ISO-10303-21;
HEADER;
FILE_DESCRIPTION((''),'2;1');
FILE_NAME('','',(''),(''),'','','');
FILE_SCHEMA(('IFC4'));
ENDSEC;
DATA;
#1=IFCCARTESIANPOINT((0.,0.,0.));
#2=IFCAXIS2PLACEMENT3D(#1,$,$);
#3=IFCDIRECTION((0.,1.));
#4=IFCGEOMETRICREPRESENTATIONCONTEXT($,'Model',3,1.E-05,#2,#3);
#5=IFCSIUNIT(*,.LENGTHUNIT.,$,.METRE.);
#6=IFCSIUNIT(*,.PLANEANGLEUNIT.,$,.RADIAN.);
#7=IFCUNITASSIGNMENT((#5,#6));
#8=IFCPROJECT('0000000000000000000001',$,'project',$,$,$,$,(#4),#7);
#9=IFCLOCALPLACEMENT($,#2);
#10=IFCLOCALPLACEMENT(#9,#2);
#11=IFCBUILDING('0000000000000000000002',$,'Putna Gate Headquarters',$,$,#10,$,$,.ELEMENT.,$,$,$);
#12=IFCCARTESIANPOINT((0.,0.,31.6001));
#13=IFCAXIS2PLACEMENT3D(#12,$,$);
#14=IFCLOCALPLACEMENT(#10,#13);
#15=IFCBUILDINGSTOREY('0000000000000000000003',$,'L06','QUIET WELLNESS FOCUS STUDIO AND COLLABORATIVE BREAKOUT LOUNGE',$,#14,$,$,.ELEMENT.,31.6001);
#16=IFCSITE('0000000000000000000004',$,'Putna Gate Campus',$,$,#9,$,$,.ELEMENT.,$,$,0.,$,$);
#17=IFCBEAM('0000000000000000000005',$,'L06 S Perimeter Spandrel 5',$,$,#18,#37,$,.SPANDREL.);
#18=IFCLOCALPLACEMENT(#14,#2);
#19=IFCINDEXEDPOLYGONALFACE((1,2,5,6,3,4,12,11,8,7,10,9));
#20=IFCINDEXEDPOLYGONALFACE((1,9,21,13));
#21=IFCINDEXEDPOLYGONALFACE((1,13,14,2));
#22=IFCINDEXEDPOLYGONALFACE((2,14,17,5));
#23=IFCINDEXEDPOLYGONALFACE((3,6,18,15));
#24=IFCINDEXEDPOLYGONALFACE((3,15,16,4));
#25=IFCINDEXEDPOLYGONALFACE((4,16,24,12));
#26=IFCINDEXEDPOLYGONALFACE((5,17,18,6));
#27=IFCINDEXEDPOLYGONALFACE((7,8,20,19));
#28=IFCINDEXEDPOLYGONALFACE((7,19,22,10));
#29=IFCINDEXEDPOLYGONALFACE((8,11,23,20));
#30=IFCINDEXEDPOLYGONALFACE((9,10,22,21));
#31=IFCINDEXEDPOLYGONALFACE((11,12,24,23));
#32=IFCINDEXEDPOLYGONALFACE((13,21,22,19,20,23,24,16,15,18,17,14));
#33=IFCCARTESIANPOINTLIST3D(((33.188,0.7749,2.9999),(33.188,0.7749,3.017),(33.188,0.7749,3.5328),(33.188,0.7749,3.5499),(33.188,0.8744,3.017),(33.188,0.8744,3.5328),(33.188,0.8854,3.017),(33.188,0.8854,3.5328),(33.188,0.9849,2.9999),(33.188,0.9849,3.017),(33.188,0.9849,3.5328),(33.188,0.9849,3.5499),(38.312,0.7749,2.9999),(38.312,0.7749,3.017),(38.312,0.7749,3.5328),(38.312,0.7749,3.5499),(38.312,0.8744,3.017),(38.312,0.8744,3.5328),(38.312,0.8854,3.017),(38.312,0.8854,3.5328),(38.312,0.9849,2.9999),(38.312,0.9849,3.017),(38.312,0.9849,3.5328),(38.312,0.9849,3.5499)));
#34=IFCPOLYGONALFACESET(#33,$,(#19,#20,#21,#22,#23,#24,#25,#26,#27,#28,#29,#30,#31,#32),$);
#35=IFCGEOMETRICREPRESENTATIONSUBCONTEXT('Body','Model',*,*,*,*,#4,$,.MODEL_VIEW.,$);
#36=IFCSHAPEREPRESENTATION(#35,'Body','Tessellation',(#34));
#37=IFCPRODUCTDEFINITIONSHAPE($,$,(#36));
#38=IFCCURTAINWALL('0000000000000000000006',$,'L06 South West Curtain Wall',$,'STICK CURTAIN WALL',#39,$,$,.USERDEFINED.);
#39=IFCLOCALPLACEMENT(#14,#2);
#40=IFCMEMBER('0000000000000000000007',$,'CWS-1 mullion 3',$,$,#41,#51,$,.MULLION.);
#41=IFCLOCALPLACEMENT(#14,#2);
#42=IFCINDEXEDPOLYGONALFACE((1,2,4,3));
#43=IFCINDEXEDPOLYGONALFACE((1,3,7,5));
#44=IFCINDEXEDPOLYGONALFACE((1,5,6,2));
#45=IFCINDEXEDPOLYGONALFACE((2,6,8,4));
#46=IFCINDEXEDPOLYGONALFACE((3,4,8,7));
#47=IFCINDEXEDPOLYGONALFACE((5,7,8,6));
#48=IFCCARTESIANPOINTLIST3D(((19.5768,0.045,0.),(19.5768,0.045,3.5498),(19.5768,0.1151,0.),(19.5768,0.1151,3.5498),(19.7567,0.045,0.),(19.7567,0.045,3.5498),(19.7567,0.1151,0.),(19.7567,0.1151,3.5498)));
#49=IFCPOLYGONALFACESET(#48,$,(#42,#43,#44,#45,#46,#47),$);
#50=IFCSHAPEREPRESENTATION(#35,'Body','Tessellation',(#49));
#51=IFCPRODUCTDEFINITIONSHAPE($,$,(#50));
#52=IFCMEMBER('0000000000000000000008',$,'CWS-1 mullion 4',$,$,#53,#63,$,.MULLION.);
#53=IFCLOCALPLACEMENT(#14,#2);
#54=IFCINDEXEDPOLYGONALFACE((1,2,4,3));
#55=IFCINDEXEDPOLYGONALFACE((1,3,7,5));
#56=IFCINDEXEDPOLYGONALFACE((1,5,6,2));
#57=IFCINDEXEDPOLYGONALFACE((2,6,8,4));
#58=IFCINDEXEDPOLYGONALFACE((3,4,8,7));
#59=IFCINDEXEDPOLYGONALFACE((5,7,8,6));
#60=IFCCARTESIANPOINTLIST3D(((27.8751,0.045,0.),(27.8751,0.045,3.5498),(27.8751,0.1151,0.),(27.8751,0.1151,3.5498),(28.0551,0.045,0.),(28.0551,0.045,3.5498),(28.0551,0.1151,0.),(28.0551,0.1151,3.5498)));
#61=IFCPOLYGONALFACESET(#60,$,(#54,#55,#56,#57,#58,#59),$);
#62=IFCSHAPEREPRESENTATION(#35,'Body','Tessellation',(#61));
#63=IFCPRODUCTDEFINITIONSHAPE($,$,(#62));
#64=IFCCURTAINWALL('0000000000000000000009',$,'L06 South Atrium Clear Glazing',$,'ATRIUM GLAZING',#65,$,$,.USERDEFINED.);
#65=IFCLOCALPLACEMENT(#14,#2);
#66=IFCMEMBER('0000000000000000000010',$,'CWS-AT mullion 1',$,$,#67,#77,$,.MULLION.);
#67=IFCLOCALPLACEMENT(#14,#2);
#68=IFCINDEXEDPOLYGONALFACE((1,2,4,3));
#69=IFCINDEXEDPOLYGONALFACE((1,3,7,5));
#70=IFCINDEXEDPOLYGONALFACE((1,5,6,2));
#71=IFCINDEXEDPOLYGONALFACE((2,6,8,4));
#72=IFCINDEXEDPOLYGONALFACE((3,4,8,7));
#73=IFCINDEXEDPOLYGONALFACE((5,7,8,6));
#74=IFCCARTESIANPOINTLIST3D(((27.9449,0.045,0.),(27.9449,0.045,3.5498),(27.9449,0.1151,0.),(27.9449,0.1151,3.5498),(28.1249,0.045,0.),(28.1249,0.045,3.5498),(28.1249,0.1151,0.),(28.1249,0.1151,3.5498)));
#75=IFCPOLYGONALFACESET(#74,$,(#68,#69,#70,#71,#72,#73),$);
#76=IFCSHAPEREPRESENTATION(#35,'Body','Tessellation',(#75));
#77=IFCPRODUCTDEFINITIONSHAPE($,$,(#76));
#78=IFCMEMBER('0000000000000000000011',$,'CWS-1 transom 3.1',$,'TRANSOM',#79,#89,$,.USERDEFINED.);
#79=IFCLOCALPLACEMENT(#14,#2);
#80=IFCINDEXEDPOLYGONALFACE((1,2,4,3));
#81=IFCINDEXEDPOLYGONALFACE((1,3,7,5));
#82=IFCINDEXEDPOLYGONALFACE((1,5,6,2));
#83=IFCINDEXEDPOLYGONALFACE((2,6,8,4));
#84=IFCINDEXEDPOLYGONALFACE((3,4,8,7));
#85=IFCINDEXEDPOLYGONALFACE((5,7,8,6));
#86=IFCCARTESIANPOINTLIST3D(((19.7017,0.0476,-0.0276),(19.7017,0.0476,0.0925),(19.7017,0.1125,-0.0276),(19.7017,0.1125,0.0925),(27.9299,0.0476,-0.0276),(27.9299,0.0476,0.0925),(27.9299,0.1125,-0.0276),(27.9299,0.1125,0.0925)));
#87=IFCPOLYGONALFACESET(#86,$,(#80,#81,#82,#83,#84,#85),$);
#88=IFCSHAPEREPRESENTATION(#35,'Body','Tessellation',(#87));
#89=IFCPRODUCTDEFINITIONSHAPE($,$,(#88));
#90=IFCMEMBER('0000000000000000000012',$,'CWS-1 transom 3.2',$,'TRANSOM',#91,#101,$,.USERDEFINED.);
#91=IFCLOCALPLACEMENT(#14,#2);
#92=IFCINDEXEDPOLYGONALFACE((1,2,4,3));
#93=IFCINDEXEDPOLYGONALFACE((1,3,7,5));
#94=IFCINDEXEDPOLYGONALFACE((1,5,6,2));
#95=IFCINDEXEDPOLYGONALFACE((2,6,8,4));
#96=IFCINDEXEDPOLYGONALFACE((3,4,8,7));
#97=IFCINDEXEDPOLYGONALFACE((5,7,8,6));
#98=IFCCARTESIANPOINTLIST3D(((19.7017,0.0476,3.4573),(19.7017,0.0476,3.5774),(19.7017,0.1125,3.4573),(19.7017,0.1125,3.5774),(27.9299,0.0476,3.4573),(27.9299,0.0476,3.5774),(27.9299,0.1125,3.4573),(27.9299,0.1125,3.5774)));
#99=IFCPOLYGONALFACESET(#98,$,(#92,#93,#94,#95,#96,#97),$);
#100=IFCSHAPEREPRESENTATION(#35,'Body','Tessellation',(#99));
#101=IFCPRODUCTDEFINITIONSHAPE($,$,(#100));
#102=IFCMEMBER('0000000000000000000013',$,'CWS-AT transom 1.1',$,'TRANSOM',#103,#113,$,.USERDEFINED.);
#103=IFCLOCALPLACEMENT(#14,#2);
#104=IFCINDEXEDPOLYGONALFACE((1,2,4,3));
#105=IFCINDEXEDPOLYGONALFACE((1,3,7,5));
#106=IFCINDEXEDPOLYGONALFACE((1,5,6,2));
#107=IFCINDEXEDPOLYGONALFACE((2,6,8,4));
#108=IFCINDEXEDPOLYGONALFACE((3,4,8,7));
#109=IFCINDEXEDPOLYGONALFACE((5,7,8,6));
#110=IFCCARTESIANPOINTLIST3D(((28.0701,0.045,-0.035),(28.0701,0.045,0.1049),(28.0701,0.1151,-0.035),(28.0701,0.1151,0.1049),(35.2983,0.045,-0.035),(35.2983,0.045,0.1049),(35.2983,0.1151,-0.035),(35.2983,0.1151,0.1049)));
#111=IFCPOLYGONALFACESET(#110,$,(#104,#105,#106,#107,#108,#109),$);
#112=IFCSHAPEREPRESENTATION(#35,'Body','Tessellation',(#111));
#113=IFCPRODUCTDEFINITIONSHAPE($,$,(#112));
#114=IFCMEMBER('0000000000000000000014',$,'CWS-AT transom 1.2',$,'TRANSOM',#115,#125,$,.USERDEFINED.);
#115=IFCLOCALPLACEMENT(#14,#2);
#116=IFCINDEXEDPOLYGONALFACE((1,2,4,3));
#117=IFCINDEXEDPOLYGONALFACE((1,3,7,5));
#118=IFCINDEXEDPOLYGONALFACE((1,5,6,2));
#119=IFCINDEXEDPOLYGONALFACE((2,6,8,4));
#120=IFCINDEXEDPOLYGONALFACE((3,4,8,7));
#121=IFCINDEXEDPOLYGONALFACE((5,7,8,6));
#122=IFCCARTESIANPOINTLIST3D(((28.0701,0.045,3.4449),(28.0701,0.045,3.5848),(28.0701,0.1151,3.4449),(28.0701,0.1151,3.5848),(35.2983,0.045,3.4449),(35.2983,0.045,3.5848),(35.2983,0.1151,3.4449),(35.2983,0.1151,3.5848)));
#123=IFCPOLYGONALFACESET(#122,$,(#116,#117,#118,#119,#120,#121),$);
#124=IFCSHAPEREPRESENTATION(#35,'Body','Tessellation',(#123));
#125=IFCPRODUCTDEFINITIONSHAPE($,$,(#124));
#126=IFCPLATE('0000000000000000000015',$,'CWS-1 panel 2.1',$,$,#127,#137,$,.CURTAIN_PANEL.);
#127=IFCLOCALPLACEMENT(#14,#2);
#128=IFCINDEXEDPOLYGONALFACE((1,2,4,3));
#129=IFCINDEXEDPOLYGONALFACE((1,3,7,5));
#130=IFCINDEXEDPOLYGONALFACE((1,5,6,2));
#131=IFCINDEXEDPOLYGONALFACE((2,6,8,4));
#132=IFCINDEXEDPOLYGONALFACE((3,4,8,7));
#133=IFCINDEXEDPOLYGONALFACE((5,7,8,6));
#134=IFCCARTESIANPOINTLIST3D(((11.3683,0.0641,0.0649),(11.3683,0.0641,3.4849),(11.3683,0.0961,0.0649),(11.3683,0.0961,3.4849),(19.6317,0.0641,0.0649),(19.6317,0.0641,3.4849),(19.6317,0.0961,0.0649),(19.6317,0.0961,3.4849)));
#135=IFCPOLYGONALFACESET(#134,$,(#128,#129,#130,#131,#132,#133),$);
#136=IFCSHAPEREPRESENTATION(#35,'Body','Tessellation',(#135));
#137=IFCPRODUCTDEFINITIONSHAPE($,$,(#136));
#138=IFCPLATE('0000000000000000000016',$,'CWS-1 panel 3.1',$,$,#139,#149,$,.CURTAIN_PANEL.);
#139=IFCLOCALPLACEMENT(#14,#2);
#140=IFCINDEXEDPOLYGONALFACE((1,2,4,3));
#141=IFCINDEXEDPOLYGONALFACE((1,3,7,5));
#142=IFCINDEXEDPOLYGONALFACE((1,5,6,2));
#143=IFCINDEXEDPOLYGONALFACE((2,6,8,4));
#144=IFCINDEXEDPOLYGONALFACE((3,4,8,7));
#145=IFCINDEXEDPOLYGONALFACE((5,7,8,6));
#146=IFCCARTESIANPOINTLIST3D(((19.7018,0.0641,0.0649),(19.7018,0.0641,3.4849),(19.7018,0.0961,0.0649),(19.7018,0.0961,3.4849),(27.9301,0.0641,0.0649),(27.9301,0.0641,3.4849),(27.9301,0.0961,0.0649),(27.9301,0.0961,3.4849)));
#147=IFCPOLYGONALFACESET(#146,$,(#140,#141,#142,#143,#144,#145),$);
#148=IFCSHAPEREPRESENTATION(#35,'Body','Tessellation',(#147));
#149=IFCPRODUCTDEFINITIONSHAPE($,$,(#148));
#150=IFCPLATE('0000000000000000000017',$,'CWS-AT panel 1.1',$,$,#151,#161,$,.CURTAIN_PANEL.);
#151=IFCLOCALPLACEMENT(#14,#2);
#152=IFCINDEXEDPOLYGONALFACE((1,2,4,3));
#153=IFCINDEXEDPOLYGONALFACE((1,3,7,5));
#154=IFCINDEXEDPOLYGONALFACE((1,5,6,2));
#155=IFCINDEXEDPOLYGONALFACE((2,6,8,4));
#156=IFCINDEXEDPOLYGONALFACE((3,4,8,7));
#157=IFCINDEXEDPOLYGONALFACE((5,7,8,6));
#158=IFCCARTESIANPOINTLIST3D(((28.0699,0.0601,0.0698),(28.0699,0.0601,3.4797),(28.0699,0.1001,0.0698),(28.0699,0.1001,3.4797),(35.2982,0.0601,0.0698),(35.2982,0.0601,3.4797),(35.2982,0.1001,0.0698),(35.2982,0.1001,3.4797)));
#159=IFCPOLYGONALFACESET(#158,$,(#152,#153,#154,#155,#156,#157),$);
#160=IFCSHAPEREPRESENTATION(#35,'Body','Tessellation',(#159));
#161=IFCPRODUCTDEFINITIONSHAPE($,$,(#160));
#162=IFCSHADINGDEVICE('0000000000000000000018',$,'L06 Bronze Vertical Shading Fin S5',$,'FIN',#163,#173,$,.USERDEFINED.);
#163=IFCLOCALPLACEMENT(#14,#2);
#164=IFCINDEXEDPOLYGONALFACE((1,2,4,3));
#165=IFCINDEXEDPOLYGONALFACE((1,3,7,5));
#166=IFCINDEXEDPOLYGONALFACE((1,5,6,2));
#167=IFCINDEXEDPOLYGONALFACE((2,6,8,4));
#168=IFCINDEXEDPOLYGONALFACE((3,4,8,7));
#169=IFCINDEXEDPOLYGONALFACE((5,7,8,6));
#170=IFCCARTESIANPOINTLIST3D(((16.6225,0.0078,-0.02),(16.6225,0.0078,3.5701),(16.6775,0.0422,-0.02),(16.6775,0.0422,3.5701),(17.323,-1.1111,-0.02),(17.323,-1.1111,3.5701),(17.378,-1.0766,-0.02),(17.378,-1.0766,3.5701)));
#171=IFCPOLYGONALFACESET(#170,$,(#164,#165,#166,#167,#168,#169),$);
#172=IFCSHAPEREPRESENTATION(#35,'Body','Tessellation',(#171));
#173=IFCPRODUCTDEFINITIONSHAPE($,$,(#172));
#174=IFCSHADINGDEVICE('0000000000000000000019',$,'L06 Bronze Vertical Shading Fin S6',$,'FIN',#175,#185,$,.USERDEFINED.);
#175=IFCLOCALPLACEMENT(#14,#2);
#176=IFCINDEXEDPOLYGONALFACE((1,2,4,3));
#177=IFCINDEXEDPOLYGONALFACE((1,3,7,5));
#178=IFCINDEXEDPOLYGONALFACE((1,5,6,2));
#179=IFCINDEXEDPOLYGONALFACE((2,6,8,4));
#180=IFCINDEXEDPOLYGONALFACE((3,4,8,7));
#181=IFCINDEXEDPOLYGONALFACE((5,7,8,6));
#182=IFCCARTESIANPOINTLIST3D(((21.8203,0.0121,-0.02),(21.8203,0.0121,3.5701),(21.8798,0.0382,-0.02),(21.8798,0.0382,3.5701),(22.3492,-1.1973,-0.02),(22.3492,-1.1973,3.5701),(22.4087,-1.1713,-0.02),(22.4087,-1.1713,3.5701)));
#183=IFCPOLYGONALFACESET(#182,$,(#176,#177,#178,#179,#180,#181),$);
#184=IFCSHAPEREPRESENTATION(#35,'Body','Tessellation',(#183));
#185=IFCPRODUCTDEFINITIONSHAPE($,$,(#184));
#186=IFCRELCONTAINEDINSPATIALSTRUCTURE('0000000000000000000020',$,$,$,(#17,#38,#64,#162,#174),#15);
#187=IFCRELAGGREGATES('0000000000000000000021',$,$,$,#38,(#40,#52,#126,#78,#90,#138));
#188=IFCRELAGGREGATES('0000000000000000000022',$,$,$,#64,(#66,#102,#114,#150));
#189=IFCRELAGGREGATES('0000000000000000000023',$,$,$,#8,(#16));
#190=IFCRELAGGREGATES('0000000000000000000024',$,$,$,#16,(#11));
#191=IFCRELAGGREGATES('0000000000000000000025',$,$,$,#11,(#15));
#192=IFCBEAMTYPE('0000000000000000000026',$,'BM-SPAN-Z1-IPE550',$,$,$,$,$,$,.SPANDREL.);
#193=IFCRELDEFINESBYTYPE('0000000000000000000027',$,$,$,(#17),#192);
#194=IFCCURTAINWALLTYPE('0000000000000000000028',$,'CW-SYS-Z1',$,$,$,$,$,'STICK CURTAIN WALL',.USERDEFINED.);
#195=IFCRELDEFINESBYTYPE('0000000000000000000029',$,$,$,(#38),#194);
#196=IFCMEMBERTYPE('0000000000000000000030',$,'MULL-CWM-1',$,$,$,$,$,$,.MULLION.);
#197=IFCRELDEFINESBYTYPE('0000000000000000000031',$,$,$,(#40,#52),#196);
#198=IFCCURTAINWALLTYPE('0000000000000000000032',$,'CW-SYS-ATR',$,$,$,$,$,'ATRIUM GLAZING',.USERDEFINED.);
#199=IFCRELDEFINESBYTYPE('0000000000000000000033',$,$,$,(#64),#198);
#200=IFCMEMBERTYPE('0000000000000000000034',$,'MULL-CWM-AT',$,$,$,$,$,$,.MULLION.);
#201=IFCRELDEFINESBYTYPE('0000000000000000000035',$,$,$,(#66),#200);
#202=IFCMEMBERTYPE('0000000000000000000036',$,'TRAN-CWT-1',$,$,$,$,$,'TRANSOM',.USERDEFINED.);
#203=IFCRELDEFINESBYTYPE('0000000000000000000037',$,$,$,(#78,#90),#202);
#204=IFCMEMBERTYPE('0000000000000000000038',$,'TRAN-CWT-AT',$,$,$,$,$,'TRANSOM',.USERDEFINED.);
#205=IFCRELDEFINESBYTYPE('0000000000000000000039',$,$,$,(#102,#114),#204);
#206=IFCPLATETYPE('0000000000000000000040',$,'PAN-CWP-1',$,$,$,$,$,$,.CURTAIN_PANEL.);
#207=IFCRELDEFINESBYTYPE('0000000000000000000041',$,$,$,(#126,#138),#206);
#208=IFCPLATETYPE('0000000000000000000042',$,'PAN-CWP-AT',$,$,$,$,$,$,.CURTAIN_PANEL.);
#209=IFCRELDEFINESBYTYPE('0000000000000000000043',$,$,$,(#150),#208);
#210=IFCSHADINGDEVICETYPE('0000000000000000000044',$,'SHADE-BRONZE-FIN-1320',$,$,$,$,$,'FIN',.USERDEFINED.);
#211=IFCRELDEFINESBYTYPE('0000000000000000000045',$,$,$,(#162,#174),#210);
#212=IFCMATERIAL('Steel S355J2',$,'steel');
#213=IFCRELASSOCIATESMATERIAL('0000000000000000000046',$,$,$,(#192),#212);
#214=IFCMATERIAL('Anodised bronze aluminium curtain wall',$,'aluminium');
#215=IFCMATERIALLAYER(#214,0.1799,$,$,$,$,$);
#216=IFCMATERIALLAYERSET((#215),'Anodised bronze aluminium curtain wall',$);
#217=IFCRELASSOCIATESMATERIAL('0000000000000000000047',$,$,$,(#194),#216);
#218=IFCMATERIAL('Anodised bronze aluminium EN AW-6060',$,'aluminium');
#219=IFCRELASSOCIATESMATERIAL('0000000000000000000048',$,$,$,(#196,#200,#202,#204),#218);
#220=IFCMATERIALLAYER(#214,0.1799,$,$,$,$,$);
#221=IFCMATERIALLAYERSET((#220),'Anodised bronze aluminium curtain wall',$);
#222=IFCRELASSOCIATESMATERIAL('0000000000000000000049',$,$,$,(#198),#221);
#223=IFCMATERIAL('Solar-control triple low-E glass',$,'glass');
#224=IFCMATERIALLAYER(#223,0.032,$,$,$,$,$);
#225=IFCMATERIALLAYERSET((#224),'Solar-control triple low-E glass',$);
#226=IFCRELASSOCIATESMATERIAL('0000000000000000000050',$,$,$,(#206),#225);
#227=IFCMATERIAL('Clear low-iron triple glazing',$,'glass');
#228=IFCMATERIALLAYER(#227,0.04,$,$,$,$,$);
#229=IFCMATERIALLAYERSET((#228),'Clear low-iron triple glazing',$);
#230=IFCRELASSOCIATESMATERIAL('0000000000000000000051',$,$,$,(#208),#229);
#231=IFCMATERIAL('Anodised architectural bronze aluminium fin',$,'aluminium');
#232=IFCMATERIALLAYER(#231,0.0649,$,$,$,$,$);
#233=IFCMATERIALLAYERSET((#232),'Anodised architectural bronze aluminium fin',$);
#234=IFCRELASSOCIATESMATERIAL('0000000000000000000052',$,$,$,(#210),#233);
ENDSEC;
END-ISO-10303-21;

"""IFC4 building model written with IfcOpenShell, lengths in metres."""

from ifc_helpers import new_model, si_unit, direction, frame, origin, origin_2d, place, context, subcontext, project, spatial, rectangle, i_section, extrude, material, layer, layer_set, material_profile, profile_set, type_object, element, aggregate, save


model = new_model("IFC4")

# Units and contexts
model_context = context("Model", 3, precision=1e-05, world=origin(), true_north=direction((0.0, 1.0)))
body_context = subcontext(model_context, "Body", "Model", "MODEL_VIEW")
ifc_project = project(units=[si_unit("LENGTHUNIT", "METRE"), si_unit("PLANEANGLEUNIT", "RADIAN")], contexts=[model_context])

# Site, building, storey
site_placement = place(None, origin())
site = spatial("IfcSite", under=ifc_project, at=site_placement, Name="Putna Gate Campus", CompositionType="ELEMENT", RefElevation=0.0)
building_placement = place(site_placement, origin())
building = spatial("IfcBuilding", under=site, at=building_placement, Name="Putna Gate Headquarters", CompositionType="ELEMENT")
storey_placement = place(building_placement, frame((0.0, 0.0, 31.6001)))
storey = spatial("IfcBuildingStorey", under=building, at=storey_placement, Name="L06", Description="QUIET WELLNESS FOCUS STUDIO AND COLLABORATIVE BREAKOUT LOUNGE", CompositionType="ELEMENT", Elevation=31.6001)

# Beam
ifc_material_1 = material(Name="Steel S355J2", Category="steel")
ifc_material_profile_1 = material_profile(ifc_material_1, i_section(OverallWidth=0.21, OverallDepth=0.55, WebThickness=0.011, FlangeThickness=0.0171, at=origin_2d()), Name="Steel S355J2")
ifc_profile_set_1 = profile_set([ifc_material_profile_1], Name="Steel S355J2")
beam_type_1 = type_object("IfcBeamType", Name="BM-SPAN-Z1-IPE550", PredefinedType="SPANDREL", material=ifc_profile_set_1)
for number, where, z_axis, x_axis, name in (
    (1, (33.188, 0.8799, 3.2749), (1.0, 0.0, 0.0), (0.0, 1.0, 0.0), "L06 S Perimeter Spandrel 5"),
):
    element("IfcBeam", number, at=place(storey_placement, frame(where, z_axis=z_axis, x_axis=x_axis)), inside=storey, type_object=beam_type_1, Name=name, PredefinedType="SPANDREL", context=body_context, shape_type="SweptSolid", body=[
        extrude(i_section(OverallWidth=0.21, OverallDepth=0.55, WebThickness=0.011, FlangeThickness=0.0171, at=origin_2d()), origin(), (0.0, 0.0, 1.0), 5.124),
    ])

# Curtain wall, members
ifc_material_2 = material(Name="Anodised bronze aluminium curtain wall", Category="aluminium")
ifc_layer_1 = layer(ifc_material_2, 0.1799)
ifc_layer_set_1 = layer_set([ifc_layer_1], Name="Anodised bronze aluminium curtain wall")
curtain_wall_type_1 = type_object("IfcCurtainWallType", Name="CW-SYS-Z1", ElementType="STICK CURTAIN WALL", PredefinedType="USERDEFINED", material=ifc_layer_set_1)
curtain_wall_1_placement = place(storey_placement, origin())
curtain_wall_1 = element("IfcCurtainWall", 2, at=curtain_wall_1_placement, inside=storey, type_object=curtain_wall_type_1, Name="L06 South West Curtain Wall", ObjectType="STICK CURTAIN WALL", PredefinedType="USERDEFINED")
ifc_material_3 = material(Name="Anodised bronze aluminium EN AW-6060", Category="aluminium")
ifc_material_profile_2 = material_profile(ifc_material_3, rectangle(XDim=0.0701, YDim=0.1799, at=origin_2d()), Name="Anodised bronze aluminium EN AW-6060")
ifc_profile_set_2 = profile_set([ifc_material_profile_2], Name="Anodised bronze aluminium EN AW-6060")
member_type_1 = type_object("IfcMemberType", Name="MULL-CWM-1", PredefinedType="MULLION", material=ifc_profile_set_2)
member_1_placement = place(storey_placement, frame((19.6667, 0.0801, 0.0), z_axis=(0.0, 0.0, 1.0), x_axis=(0.0, 1.0, 0.0)))
member_1 = element("IfcMember", 3, at=member_1_placement, type_object=member_type_1, Name="CWS-1 mullion 3", PredefinedType="MULLION", context=body_context, shape_type="SweptSolid", body=[
    extrude(rectangle(XDim=0.0701, YDim=0.1799, at=origin_2d()), origin(), (0.0, 0.0, 1.0), 3.5498),
])
member_2_placement = place(storey_placement, frame((27.9651, 0.0801, 0.0), z_axis=(0.0, 0.0, 1.0), x_axis=(0.0, 1.0, 0.0)))
member_2 = element("IfcMember", 4, at=member_2_placement, type_object=member_type_1, Name="CWS-1 mullion 4", PredefinedType="MULLION", context=body_context, shape_type="SweptSolid", body=[
    extrude(rectangle(XDim=0.0701, YDim=0.1799, at=origin_2d()), origin(), (0.0, 0.0, 1.0), 3.5498),
])

# Curtain wall, member
ifc_layer_2 = layer(ifc_material_2, 0.1799)
ifc_layer_set_2 = layer_set([ifc_layer_2], Name="Anodised bronze aluminium curtain wall")
curtain_wall_type_2 = type_object("IfcCurtainWallType", Name="CW-SYS-ATR", ElementType="ATRIUM GLAZING", PredefinedType="USERDEFINED", material=ifc_layer_set_2)
curtain_wall_2_placement = place(storey_placement, origin())
curtain_wall_2 = element("IfcCurtainWall", 5, at=curtain_wall_2_placement, inside=storey, type_object=curtain_wall_type_2, Name="L06 South Atrium Clear Glazing", ObjectType="ATRIUM GLAZING", PredefinedType="USERDEFINED")
ifc_material_profile_3 = material_profile(ifc_material_3, rectangle(XDim=0.0701, YDim=0.1799, at=origin_2d()), Name="Anodised bronze aluminium EN AW-6060")
ifc_profile_set_3 = profile_set([ifc_material_profile_3], Name="Anodised bronze aluminium EN AW-6060")
member_type_2 = type_object("IfcMemberType", Name="MULL-CWM-AT", PredefinedType="MULLION", material=ifc_profile_set_3)
member_3_placement = place(storey_placement, frame((28.0349, 0.0801, 0.0), z_axis=(0.0, 0.0, 1.0), x_axis=(0.0, 1.0, 0.0)))
member_3 = element("IfcMember", 6, at=member_3_placement, type_object=member_type_2, Name="CWS-AT mullion 1", PredefinedType="MULLION", context=body_context, shape_type="SweptSolid", body=[
    extrude(rectangle(XDim=0.0701, YDim=0.1799, at=origin_2d()), origin(), (0.0, 0.0, 1.0), 3.5498),
])

# Members
ifc_material_profile_4 = material_profile(ifc_material_3, rectangle(XDim=0.0649, YDim=0.1201, at=origin_2d()), Name="Anodised bronze aluminium EN AW-6060")
ifc_profile_set_4 = profile_set([ifc_material_profile_4], Name="Anodised bronze aluminium EN AW-6060")
member_type_3 = type_object("IfcMemberType", Name="TRAN-CWT-1", ElementType="TRANSOM", PredefinedType="USERDEFINED", material=ifc_profile_set_4)
member_4_placement = place(storey_placement, frame((19.7017, 0.0801, 0.0325), z_axis=(1.0, 0.0, 0.0), x_axis=(0.0, 1.0, 0.0)))
member_4 = element("IfcMember", 7, at=member_4_placement, type_object=member_type_3, Name="CWS-1 transom 3.1", ObjectType="TRANSOM", PredefinedType="USERDEFINED", context=body_context, shape_type="SweptSolid", body=[
    extrude(rectangle(XDim=0.0649, YDim=0.1201, at=origin_2d()), origin(), (0.0, 0.0, 1.0), 8.2283),
])
member_5_placement = place(storey_placement, frame((19.7017, 0.0801, 3.5173), z_axis=(1.0, 0.0, 0.0), x_axis=(0.0, 1.0, 0.0)))
member_5 = element("IfcMember", 8, at=member_5_placement, type_object=member_type_3, Name="CWS-1 transom 3.2", ObjectType="TRANSOM", PredefinedType="USERDEFINED", context=body_context, shape_type="SweptSolid", body=[
    extrude(rectangle(XDim=0.0649, YDim=0.1201, at=origin_2d()), origin(), (0.0, 0.0, 1.0), 8.2283),
])
ifc_material_profile_5 = material_profile(ifc_material_3, rectangle(XDim=0.0701, YDim=0.1399, at=origin_2d()), Name="Anodised bronze aluminium EN AW-6060")
ifc_profile_set_5 = profile_set([ifc_material_profile_5], Name="Anodised bronze aluminium EN AW-6060")
member_type_4 = type_object("IfcMemberType", Name="TRAN-CWT-AT", ElementType="TRANSOM", PredefinedType="USERDEFINED", material=ifc_profile_set_5)
member_6_placement = place(storey_placement, frame((28.0701, 0.0801, 0.0349), z_axis=(1.0, 0.0, 0.0), x_axis=(0.0, 1.0, 0.0)))
member_6 = element("IfcMember", 9, at=member_6_placement, type_object=member_type_4, Name="CWS-AT transom 1.1", ObjectType="TRANSOM", PredefinedType="USERDEFINED", context=body_context, shape_type="SweptSolid", body=[
    extrude(rectangle(XDim=0.0701, YDim=0.1399, at=origin_2d()), origin(), (0.0, 0.0, 1.0), 7.2283),
])
member_7_placement = place(storey_placement, frame((28.0701, 0.0801, 3.5149), z_axis=(1.0, 0.0, 0.0), x_axis=(0.0, 1.0, 0.0)))
member_7 = element("IfcMember", 10, at=member_7_placement, type_object=member_type_4, Name="CWS-AT transom 1.2", ObjectType="TRANSOM", PredefinedType="USERDEFINED", context=body_context, shape_type="SweptSolid", body=[
    extrude(rectangle(XDim=0.0701, YDim=0.1399, at=origin_2d()), origin(), (0.0, 0.0, 1.0), 7.2283),
])

# Plates
ifc_material_4 = material(Name="Solar-control triple low-E glass", Category="glass")
ifc_layer_3 = layer(ifc_material_4, 0.032)
ifc_layer_set_3 = layer_set([ifc_layer_3], Name="Solar-control triple low-E glass")
plate_type_1 = type_object("IfcPlateType", Name="PAN-CWP-1", PredefinedType="CURTAIN_PANEL", material=ifc_layer_set_3)
plate_1_placement = place(storey_placement, frame((15.5, 0.0801, 0.0649), z_axis=(0.0, 0.0, 1.0), x_axis=(1.0, 0.0, 0.0)))
plate_1 = element("IfcPlate", 11, at=plate_1_placement, type_object=plate_type_1, Name="CWS-1 panel 2.1", PredefinedType="CURTAIN_PANEL", context=body_context, shape_type="SweptSolid", body=[
    extrude(rectangle(XDim=8.2634, YDim=0.032, at=origin_2d()), origin(), (0.0, 0.0, 1.0), 3.4199),
])
plate_2_placement = place(storey_placement, frame((23.8159, 0.0801, 0.0649), z_axis=(0.0, 0.0, 1.0), x_axis=(1.0, 0.0, 0.0)))
plate_2 = element("IfcPlate", 12, at=plate_2_placement, type_object=plate_type_1, Name="CWS-1 panel 3.1", PredefinedType="CURTAIN_PANEL", context=body_context, shape_type="SweptSolid", body=[
    extrude(rectangle(XDim=8.2283, YDim=0.032, at=origin_2d()), origin(), (0.0, 0.0, 1.0), 3.4199),
])
aggregate(curtain_wall_1, [member_1, member_2, plate_1, member_4, member_5, plate_2])
ifc_material_5 = material(Name="Clear low-iron triple glazing", Category="glass")
ifc_layer_4 = layer(ifc_material_5, 0.04)
ifc_layer_set_4 = layer_set([ifc_layer_4], Name="Clear low-iron triple glazing")
plate_type_2 = type_object("IfcPlateType", Name="PAN-CWP-AT", PredefinedType="CURTAIN_PANEL", material=ifc_layer_set_4)
plate_3_placement = place(storey_placement, frame((31.6841, 0.0801, 0.0698), z_axis=(0.0, 0.0, 1.0), x_axis=(1.0, 0.0, 0.0)))
plate_3 = element("IfcPlate", 13, at=plate_3_placement, type_object=plate_type_2, Name="CWS-AT panel 1.1", PredefinedType="CURTAIN_PANEL", context=body_context, shape_type="SweptSolid", body=[
    extrude(rectangle(XDim=7.2283, YDim=0.04, at=origin_2d()), origin(), (0.0, 0.0, 1.0), 3.4099),
])
aggregate(curtain_wall_2, [member_3, member_6, member_7, plate_3])

# Shading devices
ifc_material_6 = material(Name="Anodised architectural bronze aluminium fin", Category="aluminium")
ifc_layer_5 = layer(ifc_material_6, 0.0649)
ifc_layer_set_5 = layer_set([ifc_layer_5], Name="Anodised architectural bronze aluminium fin")
shading_device_type = type_object("IfcShadingDeviceType", Name="SHADE-BRONZE-FIN-1320", ElementType="FIN", PredefinedType="USERDEFINED", material=ifc_layer_set_5)
for number, where, z_axis, x_axis, name in (
    (14, (17.0002, -0.5344, -0.02), (0.0, 0.0, 1.0), (0.530659, -0.847585, 0.0), "L06 Bronze Vertical Shading Fin S5"),
    (15, (22.1145, -0.5796, -0.02), (0.0, 0.0, 1.0), (0.400669, -0.916223, 0.0), "L06 Bronze Vertical Shading Fin S6"),
):
    element("IfcShadingDevice", number, at=place(storey_placement, frame(where, z_axis=z_axis, x_axis=x_axis)), inside=storey, type_object=shading_device_type, Name=name, ObjectType="FIN", PredefinedType="USERDEFINED", context=body_context, shape_type="SweptSolid", body=[
        extrude(rectangle(XDim=1.3201, YDim=0.0649, at=origin_2d()), origin(), (0.0, 0.0, 1.0), 3.5901),
    ])

save(model, "model.ifc")
